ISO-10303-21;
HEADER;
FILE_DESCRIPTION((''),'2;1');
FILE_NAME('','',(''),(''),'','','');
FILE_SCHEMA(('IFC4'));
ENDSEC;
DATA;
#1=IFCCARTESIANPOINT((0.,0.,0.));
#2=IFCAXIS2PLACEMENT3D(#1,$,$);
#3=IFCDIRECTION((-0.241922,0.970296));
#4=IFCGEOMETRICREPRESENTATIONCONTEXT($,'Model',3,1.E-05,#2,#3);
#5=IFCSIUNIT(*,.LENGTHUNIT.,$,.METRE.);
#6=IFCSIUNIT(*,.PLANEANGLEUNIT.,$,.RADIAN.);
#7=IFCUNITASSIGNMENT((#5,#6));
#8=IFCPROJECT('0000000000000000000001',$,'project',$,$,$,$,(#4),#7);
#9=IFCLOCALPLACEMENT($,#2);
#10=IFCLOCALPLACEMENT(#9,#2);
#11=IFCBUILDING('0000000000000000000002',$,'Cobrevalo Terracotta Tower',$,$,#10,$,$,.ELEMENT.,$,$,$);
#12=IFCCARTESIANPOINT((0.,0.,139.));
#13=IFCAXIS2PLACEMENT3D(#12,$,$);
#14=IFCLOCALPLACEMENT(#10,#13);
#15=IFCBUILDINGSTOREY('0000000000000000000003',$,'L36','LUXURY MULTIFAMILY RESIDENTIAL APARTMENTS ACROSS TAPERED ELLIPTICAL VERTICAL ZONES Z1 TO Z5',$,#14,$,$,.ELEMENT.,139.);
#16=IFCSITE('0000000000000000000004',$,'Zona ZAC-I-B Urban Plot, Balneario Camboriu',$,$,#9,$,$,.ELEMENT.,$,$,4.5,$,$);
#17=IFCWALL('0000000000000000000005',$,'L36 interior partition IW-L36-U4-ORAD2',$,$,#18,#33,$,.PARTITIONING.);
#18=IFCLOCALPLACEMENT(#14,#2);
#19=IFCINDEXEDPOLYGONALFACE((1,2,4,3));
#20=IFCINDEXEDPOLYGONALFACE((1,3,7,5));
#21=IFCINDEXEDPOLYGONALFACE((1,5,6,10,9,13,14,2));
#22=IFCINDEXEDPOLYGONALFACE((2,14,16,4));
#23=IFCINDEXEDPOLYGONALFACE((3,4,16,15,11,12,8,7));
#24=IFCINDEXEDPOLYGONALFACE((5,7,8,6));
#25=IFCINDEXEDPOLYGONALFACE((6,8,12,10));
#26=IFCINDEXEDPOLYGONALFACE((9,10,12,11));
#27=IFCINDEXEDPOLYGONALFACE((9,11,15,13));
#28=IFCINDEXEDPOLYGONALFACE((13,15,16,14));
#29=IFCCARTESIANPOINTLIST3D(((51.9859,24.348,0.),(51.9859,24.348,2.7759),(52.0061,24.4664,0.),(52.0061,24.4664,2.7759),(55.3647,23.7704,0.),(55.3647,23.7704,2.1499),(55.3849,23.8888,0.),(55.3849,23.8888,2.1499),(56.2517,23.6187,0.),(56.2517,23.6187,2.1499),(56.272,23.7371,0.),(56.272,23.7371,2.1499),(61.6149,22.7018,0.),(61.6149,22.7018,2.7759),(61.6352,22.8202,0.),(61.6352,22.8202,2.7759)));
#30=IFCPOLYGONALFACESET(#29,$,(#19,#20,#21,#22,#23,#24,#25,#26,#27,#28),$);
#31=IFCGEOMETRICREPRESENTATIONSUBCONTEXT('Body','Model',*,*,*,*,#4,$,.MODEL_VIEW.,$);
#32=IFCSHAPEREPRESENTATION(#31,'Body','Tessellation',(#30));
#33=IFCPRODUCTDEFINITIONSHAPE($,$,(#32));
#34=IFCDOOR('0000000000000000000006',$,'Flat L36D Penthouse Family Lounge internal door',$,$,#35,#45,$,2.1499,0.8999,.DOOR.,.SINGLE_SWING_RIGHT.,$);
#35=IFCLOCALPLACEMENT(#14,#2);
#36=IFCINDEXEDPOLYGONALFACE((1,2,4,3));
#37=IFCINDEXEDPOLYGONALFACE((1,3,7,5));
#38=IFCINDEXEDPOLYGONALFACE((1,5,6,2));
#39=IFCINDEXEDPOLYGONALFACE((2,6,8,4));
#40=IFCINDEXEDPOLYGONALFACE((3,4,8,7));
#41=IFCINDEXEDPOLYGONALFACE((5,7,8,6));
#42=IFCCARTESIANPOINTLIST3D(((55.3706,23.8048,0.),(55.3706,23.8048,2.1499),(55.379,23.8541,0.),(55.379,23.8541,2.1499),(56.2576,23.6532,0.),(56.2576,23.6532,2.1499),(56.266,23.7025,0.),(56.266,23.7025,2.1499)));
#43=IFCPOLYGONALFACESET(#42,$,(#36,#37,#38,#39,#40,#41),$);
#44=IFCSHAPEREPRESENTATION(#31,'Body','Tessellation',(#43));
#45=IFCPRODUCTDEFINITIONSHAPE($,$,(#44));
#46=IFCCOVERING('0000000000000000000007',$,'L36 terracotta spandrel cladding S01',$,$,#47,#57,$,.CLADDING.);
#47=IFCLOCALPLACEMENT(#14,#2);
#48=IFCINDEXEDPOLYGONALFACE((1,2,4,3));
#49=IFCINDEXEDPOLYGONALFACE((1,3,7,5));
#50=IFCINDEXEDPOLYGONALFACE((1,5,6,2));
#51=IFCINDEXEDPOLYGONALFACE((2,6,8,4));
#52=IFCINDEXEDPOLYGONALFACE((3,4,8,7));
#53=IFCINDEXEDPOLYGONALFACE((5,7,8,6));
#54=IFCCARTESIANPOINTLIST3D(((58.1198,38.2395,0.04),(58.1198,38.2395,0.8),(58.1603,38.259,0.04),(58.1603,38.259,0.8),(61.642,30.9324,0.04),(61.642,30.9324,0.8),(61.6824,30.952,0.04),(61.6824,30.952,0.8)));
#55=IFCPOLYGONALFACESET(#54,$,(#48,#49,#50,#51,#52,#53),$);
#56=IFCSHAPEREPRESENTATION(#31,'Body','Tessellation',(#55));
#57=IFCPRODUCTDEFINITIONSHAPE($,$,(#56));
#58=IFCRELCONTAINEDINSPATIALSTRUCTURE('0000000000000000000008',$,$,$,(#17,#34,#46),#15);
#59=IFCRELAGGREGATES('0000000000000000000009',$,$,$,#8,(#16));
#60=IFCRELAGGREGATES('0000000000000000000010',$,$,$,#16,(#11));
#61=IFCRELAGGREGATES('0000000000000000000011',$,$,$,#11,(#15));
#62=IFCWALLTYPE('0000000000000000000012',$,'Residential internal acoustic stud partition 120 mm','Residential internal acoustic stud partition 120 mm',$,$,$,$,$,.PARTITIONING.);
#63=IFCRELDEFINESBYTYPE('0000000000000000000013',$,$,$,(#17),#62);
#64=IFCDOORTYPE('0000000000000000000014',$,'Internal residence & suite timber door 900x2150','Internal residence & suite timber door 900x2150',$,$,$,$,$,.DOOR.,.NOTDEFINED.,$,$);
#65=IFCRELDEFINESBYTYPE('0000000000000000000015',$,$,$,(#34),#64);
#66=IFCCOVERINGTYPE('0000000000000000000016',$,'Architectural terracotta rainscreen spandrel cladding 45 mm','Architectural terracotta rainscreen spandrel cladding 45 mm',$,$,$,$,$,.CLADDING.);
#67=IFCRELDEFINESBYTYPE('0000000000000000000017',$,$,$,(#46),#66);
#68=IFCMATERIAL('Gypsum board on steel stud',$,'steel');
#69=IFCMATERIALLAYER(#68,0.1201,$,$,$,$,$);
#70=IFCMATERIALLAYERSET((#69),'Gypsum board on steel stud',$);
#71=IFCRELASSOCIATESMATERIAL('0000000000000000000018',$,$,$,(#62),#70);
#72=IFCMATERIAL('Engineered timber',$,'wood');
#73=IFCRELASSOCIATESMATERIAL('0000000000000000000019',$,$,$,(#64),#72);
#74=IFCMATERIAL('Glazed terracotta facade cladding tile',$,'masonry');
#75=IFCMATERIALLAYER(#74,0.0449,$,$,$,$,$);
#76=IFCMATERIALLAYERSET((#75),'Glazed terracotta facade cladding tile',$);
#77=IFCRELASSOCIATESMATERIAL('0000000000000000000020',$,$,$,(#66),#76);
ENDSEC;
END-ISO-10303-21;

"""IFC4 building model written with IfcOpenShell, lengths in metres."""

from ifc_helpers import new_model, si_unit, direction, frame, frame_2d, origin, origin_2d, place, context, subcontext, project, spatial, rectangle, extrude, source, transform, mapped, material, layer, layer_set, type_object, element, fill, save


model = new_model("IFC4")

# Units and contexts
model_context = context("Model", 3, precision=1e-05, world=origin(), true_north=direction((-0.241922, 0.970296)))
body_context = subcontext(model_context, "Body", "Model", "MODEL_VIEW")
ifc_project = project(units=[si_unit("LENGTHUNIT", "METRE"), si_unit("PLANEANGLEUNIT", "RADIAN")], contexts=[model_context])

# Site, building, storey
site_placement = place(None, origin())
site = spatial("IfcSite", under=ifc_project, at=site_placement, Name="Zona ZAC-I-B Urban Plot, Balneario Camboriu", CompositionType="ELEMENT", RefElevation=4.5)
building_placement = place(site_placement, origin())
building = spatial("IfcBuilding", under=site, at=building_placement, Name="Cobrevalo Terracotta Tower", CompositionType="ELEMENT")
storey_placement = place(building_placement, frame((0.0, 0.0, 139.0)))
storey = spatial("IfcBuildingStorey", under=building, at=storey_placement, Name="L36", Description="LUXURY MULTIFAMILY RESIDENTIAL APARTMENTS ACROSS TAPERED ELLIPTICAL VERTICAL ZONES Z1 TO Z5", CompositionType="ELEMENT", Elevation=139.0)

# Shared definitions
ifc_material_1 = material(Name="Gypsum board on steel stud", Category="steel")
ifc_layer_1 = layer(ifc_material_1, 0.1201)
ifc_layer_set_1 = layer_set([ifc_layer_1], Name="Gypsum board on steel stud")
wall_type_1 = type_object("IfcWallType", Name="Residential internal acoustic stud partition 120 mm", Description="Residential internal acoustic stud partition 120 mm", PredefinedType="PARTITIONING", material=ifc_layer_set_1)

# Shared definitions
ifc_material_2 = material(Name="Engineered timber", Category="wood")
door_type_1 = type_object("IfcDoorType", Name="Internal residence & suite timber door 900x2150", Description="Internal residence & suite timber door 900x2150", OperationType="NOTDEFINED", PredefinedType="DOOR", material=ifc_material_2)
shared_shape_1 = source(origin(), body_context, "Body", "SweptSolid", [
    extrude(rectangle(XDim=0.8999, YDim=2.1499, at=frame_2d((0.45, 1.075))), frame((0.0, 0.0249, 0.0), z_axis=(0.0, -1.0, 0.0), x_axis=(1.0, 0.0, 0.0)), (0.0, 0.0, 1.0), 0.05),
])

# Wall, opening, door
wall_1_placement = place(storey_placement, frame((51.9961, 24.4072, 0.0), z_axis=(0.0, 0.0, 1.0), x_axis=(0.985698, -0.168519, 0.0)))
wall_1 = element("IfcWall", 1, at=wall_1_placement, inside=storey, type_object=wall_type_1, Name="L36 interior partition IW-L36-U4-ORAD2", PredefinedType="PARTITIONING", context=body_context, shape_type="SweptSolid", body=[
    extrude(rectangle(XDim=9.7688, YDim=0.1201, at=frame_2d((4.8843, 0.0))), origin(), (0.0, 0.0, 1.0), 2.7759),
])
opening_1_placement = place(wall_1_placement, frame((3.4277, 0.0, 0.0)))
opening_1 = element("IfcOpeningElement", 2, at=opening_1_placement, cuts=wall_1, PredefinedType="OPENING", context=body_context, shape_type="SweptSolid", body=[
    extrude(rectangle(XDim=0.8999, YDim=2.1499, at=frame_2d((0.45, 1.075))), frame((0.0, 0.0701, 0.0), z_axis=(0.0, -1.0, 0.0), x_axis=(1.0, 0.0, 0.0)), (0.0, 0.0, 1.0), 0.1401),
])
door_1_placement = place(opening_1_placement, origin())
door_1 = element("IfcDoor", 3, at=door_1_placement, inside=storey, type_object=door_type_1, Name="Flat L36D Penthouse Family Lounge internal door", OperationType="SINGLE_SWING_RIGHT", OverallHeight=2.1499, OverallWidth=0.8999, PredefinedType="DOOR", context=body_context, shape_type="MappedRepresentation", body=[
    mapped(shared_shape_1, transform((0.0, 0.0, 0.0), scale=1.0)),
])
fill(opening_1, door_1)

# Covering
ifc_material_3 = material(Name="Glazed terracotta facade cladding tile", Category="masonry")
ifc_layer_2 = layer(ifc_material_3, 0.0449)
ifc_layer_set_2 = layer_set([ifc_layer_2], Name="Glazed terracotta facade cladding tile")
covering_type = type_object("IfcCoveringType", Name="Architectural terracotta rainscreen spandrel cladding 45 mm", Description="Architectural terracotta rainscreen spandrel cladding 45 mm", PredefinedType="CLADDING", material=ifc_layer_set_2)
shared_shape_2 = source(origin(), body_context, "Body", "SweptSolid", [
    extrude(rectangle(XDim=8.1116, YDim=0.0449, at=origin_2d()), origin(), (0.0, 0.0, 1.0), 0.76),
])
covering_placement = place(storey_placement, frame((59.9011, 34.5957, 0.04), z_axis=(0.0, 0.0, 1.0), x_axis=(-0.434209, 0.900812, 0.0)))
element("IfcCovering", 4, at=covering_placement, inside=storey, type_object=covering_type, Name="L36 terracotta spandrel cladding S01", PredefinedType="CLADDING", context=body_context, shape_type="MappedRepresentation", body=[
    mapped(shared_shape_2, transform((0.0, 0.0, 0.0), scale=1.0)),
])

save(model, "model.ifc")
